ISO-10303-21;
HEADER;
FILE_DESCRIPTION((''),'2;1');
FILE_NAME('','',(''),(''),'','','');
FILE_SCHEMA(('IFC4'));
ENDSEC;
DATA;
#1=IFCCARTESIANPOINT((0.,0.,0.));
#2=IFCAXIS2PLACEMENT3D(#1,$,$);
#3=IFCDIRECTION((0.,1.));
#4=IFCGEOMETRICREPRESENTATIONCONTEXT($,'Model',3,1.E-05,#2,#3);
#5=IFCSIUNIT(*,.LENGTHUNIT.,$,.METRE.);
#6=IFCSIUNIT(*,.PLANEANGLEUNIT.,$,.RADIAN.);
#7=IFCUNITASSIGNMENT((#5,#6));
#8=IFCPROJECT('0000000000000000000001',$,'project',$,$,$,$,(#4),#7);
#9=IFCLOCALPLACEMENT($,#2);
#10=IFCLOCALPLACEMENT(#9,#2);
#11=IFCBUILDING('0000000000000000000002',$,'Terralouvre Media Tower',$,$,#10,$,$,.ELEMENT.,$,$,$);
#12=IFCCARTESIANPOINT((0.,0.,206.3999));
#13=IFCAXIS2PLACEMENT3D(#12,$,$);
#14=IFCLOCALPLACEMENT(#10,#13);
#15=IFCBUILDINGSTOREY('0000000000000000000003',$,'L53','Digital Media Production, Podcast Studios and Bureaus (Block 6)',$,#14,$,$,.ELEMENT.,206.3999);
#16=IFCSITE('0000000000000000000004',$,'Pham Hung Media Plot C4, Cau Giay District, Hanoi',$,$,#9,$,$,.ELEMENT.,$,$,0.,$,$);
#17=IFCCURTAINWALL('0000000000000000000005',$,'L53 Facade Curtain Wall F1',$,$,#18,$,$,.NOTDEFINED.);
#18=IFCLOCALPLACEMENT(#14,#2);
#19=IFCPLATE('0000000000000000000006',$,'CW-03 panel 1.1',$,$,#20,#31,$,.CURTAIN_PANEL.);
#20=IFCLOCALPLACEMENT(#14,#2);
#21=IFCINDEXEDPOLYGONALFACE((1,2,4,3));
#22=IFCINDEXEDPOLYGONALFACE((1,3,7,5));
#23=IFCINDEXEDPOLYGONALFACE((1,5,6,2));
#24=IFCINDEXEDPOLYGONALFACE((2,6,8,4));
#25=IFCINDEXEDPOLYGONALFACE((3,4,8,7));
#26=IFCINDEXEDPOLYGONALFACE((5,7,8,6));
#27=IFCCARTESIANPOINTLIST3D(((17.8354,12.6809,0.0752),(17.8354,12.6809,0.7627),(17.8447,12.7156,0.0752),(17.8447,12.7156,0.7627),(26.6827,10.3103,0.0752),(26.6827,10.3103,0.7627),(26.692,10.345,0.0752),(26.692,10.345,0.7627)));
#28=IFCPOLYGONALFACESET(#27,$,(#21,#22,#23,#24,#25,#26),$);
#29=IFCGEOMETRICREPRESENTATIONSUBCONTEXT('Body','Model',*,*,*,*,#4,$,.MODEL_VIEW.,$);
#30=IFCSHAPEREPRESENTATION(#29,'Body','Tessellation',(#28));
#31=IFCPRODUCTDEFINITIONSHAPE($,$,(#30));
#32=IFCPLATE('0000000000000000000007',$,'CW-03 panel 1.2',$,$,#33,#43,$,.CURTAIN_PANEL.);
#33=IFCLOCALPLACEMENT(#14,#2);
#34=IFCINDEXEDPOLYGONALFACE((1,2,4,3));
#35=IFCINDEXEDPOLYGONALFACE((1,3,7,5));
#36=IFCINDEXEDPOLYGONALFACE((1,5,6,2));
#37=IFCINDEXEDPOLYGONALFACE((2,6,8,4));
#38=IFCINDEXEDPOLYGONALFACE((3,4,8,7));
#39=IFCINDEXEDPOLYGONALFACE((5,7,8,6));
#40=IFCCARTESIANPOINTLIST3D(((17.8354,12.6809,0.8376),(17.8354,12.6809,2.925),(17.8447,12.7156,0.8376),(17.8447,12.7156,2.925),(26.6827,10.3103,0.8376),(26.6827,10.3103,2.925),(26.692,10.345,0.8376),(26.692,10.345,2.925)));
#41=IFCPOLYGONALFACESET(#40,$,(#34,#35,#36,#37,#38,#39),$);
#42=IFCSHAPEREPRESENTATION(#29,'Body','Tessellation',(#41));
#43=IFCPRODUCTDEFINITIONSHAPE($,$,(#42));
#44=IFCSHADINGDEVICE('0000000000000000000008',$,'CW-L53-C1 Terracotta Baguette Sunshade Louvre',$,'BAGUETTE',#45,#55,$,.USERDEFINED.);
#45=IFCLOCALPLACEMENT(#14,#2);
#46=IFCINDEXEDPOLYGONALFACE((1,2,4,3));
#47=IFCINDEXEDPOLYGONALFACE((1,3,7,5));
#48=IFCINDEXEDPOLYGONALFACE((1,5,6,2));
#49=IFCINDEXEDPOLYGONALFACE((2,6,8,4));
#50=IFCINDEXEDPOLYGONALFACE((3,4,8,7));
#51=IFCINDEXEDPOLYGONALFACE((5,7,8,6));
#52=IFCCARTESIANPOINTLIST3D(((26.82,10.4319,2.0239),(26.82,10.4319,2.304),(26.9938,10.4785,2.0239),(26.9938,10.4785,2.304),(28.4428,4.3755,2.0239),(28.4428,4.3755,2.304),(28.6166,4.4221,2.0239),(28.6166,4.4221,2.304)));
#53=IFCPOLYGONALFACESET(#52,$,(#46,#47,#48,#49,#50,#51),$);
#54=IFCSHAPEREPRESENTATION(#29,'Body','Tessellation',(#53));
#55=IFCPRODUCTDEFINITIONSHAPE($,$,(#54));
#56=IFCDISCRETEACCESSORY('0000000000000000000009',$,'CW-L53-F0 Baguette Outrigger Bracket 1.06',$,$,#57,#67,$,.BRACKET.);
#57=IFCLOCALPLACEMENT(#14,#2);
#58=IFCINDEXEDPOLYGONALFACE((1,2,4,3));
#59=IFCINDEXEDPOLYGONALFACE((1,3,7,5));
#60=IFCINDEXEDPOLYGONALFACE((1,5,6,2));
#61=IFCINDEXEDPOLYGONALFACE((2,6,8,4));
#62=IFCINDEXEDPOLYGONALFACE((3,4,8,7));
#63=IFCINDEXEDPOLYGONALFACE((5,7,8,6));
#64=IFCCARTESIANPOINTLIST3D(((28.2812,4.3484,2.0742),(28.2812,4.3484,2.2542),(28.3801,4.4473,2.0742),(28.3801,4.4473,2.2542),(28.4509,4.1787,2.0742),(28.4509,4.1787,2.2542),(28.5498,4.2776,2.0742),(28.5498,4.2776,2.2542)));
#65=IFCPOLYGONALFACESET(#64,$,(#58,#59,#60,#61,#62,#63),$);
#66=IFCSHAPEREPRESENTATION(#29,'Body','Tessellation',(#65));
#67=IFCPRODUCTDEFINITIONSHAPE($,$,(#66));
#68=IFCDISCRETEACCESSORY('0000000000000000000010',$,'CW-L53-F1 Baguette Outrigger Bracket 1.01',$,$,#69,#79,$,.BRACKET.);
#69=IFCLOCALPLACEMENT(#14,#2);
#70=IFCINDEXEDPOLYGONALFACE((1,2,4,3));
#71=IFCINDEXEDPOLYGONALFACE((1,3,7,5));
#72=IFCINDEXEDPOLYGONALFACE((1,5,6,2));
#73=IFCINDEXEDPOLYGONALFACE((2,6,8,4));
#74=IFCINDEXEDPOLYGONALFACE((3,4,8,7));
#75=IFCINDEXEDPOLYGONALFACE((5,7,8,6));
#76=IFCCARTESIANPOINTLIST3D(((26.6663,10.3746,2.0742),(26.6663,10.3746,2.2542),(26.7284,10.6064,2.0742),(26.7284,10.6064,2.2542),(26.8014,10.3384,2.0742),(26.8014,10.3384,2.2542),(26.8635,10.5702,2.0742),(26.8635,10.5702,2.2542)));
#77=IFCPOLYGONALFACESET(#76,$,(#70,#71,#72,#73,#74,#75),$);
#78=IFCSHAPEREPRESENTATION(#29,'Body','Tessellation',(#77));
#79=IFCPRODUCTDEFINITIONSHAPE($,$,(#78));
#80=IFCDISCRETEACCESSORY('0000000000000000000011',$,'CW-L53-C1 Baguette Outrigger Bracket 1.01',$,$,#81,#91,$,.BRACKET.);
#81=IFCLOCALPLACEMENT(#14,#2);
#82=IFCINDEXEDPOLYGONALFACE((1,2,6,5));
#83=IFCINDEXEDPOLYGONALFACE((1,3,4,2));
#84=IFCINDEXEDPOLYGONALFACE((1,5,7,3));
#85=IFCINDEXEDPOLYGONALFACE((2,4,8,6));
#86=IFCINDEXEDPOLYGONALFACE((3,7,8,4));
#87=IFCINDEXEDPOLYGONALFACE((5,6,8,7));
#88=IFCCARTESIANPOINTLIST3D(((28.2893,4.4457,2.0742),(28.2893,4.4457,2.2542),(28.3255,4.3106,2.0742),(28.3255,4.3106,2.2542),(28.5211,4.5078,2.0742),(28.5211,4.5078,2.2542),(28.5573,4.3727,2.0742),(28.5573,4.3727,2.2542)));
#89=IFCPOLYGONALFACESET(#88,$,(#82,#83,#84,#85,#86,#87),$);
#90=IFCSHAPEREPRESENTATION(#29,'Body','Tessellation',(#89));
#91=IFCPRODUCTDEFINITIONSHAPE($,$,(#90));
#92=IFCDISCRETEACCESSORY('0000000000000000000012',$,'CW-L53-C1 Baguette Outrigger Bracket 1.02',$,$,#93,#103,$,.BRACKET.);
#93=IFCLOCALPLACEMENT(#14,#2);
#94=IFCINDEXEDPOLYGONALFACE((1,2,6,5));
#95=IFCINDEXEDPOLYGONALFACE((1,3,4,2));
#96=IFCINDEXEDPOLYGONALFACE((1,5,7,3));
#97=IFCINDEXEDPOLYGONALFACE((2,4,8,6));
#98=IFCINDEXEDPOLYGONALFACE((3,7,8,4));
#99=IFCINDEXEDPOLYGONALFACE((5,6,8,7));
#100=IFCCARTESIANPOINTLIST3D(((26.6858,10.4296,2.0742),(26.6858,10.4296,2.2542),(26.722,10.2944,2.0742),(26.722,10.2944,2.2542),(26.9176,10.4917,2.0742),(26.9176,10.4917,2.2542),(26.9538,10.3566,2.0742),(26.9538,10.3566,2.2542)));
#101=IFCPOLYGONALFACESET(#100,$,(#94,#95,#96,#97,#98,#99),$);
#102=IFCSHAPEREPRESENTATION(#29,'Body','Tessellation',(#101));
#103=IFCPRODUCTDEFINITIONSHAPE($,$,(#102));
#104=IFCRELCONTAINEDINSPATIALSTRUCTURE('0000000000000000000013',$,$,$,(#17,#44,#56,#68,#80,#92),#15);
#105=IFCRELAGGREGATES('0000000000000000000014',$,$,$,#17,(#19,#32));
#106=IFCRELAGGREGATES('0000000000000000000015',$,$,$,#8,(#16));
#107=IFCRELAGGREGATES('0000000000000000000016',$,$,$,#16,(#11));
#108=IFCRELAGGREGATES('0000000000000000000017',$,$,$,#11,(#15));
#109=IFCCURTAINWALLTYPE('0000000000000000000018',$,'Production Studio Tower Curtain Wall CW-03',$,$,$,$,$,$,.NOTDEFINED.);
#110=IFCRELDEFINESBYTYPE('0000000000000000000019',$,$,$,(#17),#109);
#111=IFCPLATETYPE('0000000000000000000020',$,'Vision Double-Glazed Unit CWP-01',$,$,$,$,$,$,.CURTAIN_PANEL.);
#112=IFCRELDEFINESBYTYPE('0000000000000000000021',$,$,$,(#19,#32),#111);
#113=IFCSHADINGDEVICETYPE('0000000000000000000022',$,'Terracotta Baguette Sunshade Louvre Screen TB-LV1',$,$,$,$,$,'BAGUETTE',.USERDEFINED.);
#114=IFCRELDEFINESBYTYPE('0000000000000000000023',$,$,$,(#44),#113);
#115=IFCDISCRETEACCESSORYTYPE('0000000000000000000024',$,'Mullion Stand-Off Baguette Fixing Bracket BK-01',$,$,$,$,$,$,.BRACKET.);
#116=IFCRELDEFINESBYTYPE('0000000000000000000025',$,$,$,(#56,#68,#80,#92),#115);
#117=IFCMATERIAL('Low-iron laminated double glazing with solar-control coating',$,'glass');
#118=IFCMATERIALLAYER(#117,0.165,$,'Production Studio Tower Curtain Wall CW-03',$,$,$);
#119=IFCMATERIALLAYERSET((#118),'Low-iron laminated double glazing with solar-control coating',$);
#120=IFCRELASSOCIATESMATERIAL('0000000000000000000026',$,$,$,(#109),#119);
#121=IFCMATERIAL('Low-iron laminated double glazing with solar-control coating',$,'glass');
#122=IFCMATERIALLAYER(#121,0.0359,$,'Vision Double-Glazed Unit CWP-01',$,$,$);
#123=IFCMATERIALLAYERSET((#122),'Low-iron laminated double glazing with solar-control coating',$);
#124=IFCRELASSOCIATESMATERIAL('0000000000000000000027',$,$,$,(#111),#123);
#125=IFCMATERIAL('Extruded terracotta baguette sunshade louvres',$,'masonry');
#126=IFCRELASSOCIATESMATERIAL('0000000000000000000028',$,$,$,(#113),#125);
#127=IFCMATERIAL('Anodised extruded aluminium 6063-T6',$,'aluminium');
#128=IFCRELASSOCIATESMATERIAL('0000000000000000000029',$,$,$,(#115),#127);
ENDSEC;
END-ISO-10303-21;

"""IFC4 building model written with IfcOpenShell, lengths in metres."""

from ifc_helpers import new_model, si_unit, direction, frame, origin, origin_2d, place, context, subcontext, project, spatial, rectangle, extrude, material, layer, layer_set, type_object, element, aggregate, save


model = new_model("IFC4")

# Units and contexts
model_context = context("Model", 3, precision=1e-05, world=origin(), true_north=direction((0.0, 1.0)))
body_context = subcontext(model_context, "Body", "Model", "MODEL_VIEW")
ifc_project = project(units=[si_unit("LENGTHUNIT", "METRE"), si_unit("PLANEANGLEUNIT", "RADIAN")], contexts=[model_context])

# Site, building, storey
site_placement = place(None, origin())
site = spatial("IfcSite", under=ifc_project, at=site_placement, Name="Pham Hung Media Plot C4, Cau Giay District, Hanoi", CompositionType="ELEMENT", RefElevation=0.0)
building_placement = place(site_placement, origin())
building = spatial("IfcBuilding", under=site, at=building_placement, Name="Terralouvre Media Tower", CompositionType="ELEMENT")
storey_placement = place(building_placement, frame((0.0, 0.0, 206.3999)))
storey = spatial("IfcBuildingStorey", under=building, at=storey_placement, Name="L53", Description="Digital Media Production, Podcast Studios and Bureaus (Block 6)", CompositionType="ELEMENT", Elevation=206.3999)

# Curtain wall
ifc_material_1 = material(Name="Low-iron laminated double glazing with solar-control coating", Category="glass")
ifc_layer_1 = layer(ifc_material_1, 0.165, Name="Production Studio Tower Curtain Wall CW-03")
ifc_layer_set_1 = layer_set([ifc_layer_1], Name="Low-iron laminated double glazing with solar-control coating")
curtain_wall_type_1 = type_object("IfcCurtainWallType", Name="Production Studio Tower Curtain Wall CW-03", PredefinedType="NOTDEFINED", material=ifc_layer_set_1)
curtain_wall_1_placement = place(storey_placement, origin())
curtain_wall_1 = element("IfcCurtainWall", 1, at=curtain_wall_1_placement, inside=storey, type_object=curtain_wall_type_1, Name="L53 Facade Curtain Wall F1", PredefinedType="NOTDEFINED")

# Plates
ifc_material_2 = material(Name="Low-iron laminated double glazing with solar-control coating", Category="glass")
ifc_layer_2 = layer(ifc_material_2, 0.0359, Name="Vision Double-Glazed Unit CWP-01")
ifc_layer_set_2 = layer_set([ifc_layer_2], Name="Low-iron laminated double glazing with solar-control coating")
plate_type_1 = type_object("IfcPlateType", Name="Vision Double-Glazed Unit CWP-01", PredefinedType="CURTAIN_PANEL", material=ifc_layer_set_2)
plate_1_placement = place(storey_placement, frame((22.2637, 11.5129, 0.0752), z_axis=(0.0, 0.0, 1.0), x_axis=(-0.965926, 0.258819, 0.0)))
plate_1 = element("IfcPlate", 2, at=plate_1_placement, type_object=plate_type_1, Name="CW-03 panel 1.1", PredefinedType="CURTAIN_PANEL", context=body_context, shape_type="SweptSolid", body=[
    extrude(rectangle(XDim=9.1594, YDim=0.0359, at=origin_2d()), origin(), (0.0, 0.0, 1.0), 0.6875),
])
plate_2_placement = place(storey_placement, frame((22.2637, 11.5129, 0.8376), z_axis=(0.0, 0.0, 1.0), x_axis=(-0.965926, 0.258819, 0.0)))
plate_2 = element("IfcPlate", 3, at=plate_2_placement, type_object=plate_type_1, Name="CW-03 panel 1.2", PredefinedType="CURTAIN_PANEL", context=body_context, shape_type="SweptSolid", body=[
    extrude(rectangle(XDim=9.1594, YDim=0.0359, at=origin_2d()), origin(), (0.0, 0.0, 1.0), 2.0874),
])
aggregate(curtain_wall_1, [plate_1, plate_2])

# Shading device
ifc_material_3 = material(Name="Extruded terracotta baguette sunshade louvres", Category="masonry")
shading_device_type = type_object("IfcShadingDeviceType", Name="Terracotta Baguette Sunshade Louvre Screen TB-LV1", ElementType="BAGUETTE", PredefinedType="USERDEFINED", material=ifc_material_3)
shading_device_placement = place(storey_placement, frame((27.7183, 7.427, 2.0239), z_axis=(0.0, 0.0, 1.0), x_axis=(-0.258819, 0.965926, 0.0)))
element("IfcShadingDevice", 4, at=shading_device_placement, inside=storey, type_object=shading_device_type, Name="CW-L53-C1 Terracotta Baguette Sunshade Louvre", ObjectType="BAGUETTE", PredefinedType="USERDEFINED", context=body_context, shape_type="SweptSolid", body=[
    extrude(rectangle(XDim=6.27, YDim=0.1799, at=origin_2d()), origin(), (0.0, 0.0, 1.0), 0.28),
])

# Discrete accessories
ifc_material_4 = material(Name="Anodised extruded aluminium 6063-T6", Category="aluminium")
discrete_accessory_type = type_object("IfcDiscreteAccessoryType", Name="Mullion Stand-Off Baguette Fixing Bracket BK-01", PredefinedType="BRACKET", material=ifc_material_4)
for number, where, z_axis, x_axis, name in (
    (5, (28.4155, 4.313, 2.0742), (0.0, 0.0, 1.0), (0.707107, 0.707107, 0.0), "CW-L53-F0 Baguette Outrigger Bracket 1.06"),
    (6, (26.7649, 10.4724, 2.0742), (0.0, 0.0, 1.0), (-0.965926, 0.258819, 0.0), "CW-L53-F1 Baguette Outrigger Bracket 1.01"),
    (7, (28.4233, 4.4092, 2.0742), (0.0, 0.0, 1.0), (-0.258819, 0.965926, 0.0), "CW-L53-C1 Baguette Outrigger Bracket 1.01"),
    (8, (26.8198, 10.3931, 2.0742), (0.0, 0.0, 1.0), (-0.258819, 0.965926, 0.0), "CW-L53-C1 Baguette Outrigger Bracket 1.02"),
):
    element("IfcDiscreteAccessory", number, at=place(storey_placement, frame(where, z_axis=z_axis, x_axis=x_axis)), inside=storey, type_object=discrete_accessory_type, Name=name, PredefinedType="BRACKET", context=body_context, shape_type="SweptSolid", body=[
        extrude(rectangle(XDim=0.1399, YDim=0.24, at=origin_2d()), origin(), (0.0, 0.0, 1.0), 0.1799),
    ])

save(model, "model.ifc")
